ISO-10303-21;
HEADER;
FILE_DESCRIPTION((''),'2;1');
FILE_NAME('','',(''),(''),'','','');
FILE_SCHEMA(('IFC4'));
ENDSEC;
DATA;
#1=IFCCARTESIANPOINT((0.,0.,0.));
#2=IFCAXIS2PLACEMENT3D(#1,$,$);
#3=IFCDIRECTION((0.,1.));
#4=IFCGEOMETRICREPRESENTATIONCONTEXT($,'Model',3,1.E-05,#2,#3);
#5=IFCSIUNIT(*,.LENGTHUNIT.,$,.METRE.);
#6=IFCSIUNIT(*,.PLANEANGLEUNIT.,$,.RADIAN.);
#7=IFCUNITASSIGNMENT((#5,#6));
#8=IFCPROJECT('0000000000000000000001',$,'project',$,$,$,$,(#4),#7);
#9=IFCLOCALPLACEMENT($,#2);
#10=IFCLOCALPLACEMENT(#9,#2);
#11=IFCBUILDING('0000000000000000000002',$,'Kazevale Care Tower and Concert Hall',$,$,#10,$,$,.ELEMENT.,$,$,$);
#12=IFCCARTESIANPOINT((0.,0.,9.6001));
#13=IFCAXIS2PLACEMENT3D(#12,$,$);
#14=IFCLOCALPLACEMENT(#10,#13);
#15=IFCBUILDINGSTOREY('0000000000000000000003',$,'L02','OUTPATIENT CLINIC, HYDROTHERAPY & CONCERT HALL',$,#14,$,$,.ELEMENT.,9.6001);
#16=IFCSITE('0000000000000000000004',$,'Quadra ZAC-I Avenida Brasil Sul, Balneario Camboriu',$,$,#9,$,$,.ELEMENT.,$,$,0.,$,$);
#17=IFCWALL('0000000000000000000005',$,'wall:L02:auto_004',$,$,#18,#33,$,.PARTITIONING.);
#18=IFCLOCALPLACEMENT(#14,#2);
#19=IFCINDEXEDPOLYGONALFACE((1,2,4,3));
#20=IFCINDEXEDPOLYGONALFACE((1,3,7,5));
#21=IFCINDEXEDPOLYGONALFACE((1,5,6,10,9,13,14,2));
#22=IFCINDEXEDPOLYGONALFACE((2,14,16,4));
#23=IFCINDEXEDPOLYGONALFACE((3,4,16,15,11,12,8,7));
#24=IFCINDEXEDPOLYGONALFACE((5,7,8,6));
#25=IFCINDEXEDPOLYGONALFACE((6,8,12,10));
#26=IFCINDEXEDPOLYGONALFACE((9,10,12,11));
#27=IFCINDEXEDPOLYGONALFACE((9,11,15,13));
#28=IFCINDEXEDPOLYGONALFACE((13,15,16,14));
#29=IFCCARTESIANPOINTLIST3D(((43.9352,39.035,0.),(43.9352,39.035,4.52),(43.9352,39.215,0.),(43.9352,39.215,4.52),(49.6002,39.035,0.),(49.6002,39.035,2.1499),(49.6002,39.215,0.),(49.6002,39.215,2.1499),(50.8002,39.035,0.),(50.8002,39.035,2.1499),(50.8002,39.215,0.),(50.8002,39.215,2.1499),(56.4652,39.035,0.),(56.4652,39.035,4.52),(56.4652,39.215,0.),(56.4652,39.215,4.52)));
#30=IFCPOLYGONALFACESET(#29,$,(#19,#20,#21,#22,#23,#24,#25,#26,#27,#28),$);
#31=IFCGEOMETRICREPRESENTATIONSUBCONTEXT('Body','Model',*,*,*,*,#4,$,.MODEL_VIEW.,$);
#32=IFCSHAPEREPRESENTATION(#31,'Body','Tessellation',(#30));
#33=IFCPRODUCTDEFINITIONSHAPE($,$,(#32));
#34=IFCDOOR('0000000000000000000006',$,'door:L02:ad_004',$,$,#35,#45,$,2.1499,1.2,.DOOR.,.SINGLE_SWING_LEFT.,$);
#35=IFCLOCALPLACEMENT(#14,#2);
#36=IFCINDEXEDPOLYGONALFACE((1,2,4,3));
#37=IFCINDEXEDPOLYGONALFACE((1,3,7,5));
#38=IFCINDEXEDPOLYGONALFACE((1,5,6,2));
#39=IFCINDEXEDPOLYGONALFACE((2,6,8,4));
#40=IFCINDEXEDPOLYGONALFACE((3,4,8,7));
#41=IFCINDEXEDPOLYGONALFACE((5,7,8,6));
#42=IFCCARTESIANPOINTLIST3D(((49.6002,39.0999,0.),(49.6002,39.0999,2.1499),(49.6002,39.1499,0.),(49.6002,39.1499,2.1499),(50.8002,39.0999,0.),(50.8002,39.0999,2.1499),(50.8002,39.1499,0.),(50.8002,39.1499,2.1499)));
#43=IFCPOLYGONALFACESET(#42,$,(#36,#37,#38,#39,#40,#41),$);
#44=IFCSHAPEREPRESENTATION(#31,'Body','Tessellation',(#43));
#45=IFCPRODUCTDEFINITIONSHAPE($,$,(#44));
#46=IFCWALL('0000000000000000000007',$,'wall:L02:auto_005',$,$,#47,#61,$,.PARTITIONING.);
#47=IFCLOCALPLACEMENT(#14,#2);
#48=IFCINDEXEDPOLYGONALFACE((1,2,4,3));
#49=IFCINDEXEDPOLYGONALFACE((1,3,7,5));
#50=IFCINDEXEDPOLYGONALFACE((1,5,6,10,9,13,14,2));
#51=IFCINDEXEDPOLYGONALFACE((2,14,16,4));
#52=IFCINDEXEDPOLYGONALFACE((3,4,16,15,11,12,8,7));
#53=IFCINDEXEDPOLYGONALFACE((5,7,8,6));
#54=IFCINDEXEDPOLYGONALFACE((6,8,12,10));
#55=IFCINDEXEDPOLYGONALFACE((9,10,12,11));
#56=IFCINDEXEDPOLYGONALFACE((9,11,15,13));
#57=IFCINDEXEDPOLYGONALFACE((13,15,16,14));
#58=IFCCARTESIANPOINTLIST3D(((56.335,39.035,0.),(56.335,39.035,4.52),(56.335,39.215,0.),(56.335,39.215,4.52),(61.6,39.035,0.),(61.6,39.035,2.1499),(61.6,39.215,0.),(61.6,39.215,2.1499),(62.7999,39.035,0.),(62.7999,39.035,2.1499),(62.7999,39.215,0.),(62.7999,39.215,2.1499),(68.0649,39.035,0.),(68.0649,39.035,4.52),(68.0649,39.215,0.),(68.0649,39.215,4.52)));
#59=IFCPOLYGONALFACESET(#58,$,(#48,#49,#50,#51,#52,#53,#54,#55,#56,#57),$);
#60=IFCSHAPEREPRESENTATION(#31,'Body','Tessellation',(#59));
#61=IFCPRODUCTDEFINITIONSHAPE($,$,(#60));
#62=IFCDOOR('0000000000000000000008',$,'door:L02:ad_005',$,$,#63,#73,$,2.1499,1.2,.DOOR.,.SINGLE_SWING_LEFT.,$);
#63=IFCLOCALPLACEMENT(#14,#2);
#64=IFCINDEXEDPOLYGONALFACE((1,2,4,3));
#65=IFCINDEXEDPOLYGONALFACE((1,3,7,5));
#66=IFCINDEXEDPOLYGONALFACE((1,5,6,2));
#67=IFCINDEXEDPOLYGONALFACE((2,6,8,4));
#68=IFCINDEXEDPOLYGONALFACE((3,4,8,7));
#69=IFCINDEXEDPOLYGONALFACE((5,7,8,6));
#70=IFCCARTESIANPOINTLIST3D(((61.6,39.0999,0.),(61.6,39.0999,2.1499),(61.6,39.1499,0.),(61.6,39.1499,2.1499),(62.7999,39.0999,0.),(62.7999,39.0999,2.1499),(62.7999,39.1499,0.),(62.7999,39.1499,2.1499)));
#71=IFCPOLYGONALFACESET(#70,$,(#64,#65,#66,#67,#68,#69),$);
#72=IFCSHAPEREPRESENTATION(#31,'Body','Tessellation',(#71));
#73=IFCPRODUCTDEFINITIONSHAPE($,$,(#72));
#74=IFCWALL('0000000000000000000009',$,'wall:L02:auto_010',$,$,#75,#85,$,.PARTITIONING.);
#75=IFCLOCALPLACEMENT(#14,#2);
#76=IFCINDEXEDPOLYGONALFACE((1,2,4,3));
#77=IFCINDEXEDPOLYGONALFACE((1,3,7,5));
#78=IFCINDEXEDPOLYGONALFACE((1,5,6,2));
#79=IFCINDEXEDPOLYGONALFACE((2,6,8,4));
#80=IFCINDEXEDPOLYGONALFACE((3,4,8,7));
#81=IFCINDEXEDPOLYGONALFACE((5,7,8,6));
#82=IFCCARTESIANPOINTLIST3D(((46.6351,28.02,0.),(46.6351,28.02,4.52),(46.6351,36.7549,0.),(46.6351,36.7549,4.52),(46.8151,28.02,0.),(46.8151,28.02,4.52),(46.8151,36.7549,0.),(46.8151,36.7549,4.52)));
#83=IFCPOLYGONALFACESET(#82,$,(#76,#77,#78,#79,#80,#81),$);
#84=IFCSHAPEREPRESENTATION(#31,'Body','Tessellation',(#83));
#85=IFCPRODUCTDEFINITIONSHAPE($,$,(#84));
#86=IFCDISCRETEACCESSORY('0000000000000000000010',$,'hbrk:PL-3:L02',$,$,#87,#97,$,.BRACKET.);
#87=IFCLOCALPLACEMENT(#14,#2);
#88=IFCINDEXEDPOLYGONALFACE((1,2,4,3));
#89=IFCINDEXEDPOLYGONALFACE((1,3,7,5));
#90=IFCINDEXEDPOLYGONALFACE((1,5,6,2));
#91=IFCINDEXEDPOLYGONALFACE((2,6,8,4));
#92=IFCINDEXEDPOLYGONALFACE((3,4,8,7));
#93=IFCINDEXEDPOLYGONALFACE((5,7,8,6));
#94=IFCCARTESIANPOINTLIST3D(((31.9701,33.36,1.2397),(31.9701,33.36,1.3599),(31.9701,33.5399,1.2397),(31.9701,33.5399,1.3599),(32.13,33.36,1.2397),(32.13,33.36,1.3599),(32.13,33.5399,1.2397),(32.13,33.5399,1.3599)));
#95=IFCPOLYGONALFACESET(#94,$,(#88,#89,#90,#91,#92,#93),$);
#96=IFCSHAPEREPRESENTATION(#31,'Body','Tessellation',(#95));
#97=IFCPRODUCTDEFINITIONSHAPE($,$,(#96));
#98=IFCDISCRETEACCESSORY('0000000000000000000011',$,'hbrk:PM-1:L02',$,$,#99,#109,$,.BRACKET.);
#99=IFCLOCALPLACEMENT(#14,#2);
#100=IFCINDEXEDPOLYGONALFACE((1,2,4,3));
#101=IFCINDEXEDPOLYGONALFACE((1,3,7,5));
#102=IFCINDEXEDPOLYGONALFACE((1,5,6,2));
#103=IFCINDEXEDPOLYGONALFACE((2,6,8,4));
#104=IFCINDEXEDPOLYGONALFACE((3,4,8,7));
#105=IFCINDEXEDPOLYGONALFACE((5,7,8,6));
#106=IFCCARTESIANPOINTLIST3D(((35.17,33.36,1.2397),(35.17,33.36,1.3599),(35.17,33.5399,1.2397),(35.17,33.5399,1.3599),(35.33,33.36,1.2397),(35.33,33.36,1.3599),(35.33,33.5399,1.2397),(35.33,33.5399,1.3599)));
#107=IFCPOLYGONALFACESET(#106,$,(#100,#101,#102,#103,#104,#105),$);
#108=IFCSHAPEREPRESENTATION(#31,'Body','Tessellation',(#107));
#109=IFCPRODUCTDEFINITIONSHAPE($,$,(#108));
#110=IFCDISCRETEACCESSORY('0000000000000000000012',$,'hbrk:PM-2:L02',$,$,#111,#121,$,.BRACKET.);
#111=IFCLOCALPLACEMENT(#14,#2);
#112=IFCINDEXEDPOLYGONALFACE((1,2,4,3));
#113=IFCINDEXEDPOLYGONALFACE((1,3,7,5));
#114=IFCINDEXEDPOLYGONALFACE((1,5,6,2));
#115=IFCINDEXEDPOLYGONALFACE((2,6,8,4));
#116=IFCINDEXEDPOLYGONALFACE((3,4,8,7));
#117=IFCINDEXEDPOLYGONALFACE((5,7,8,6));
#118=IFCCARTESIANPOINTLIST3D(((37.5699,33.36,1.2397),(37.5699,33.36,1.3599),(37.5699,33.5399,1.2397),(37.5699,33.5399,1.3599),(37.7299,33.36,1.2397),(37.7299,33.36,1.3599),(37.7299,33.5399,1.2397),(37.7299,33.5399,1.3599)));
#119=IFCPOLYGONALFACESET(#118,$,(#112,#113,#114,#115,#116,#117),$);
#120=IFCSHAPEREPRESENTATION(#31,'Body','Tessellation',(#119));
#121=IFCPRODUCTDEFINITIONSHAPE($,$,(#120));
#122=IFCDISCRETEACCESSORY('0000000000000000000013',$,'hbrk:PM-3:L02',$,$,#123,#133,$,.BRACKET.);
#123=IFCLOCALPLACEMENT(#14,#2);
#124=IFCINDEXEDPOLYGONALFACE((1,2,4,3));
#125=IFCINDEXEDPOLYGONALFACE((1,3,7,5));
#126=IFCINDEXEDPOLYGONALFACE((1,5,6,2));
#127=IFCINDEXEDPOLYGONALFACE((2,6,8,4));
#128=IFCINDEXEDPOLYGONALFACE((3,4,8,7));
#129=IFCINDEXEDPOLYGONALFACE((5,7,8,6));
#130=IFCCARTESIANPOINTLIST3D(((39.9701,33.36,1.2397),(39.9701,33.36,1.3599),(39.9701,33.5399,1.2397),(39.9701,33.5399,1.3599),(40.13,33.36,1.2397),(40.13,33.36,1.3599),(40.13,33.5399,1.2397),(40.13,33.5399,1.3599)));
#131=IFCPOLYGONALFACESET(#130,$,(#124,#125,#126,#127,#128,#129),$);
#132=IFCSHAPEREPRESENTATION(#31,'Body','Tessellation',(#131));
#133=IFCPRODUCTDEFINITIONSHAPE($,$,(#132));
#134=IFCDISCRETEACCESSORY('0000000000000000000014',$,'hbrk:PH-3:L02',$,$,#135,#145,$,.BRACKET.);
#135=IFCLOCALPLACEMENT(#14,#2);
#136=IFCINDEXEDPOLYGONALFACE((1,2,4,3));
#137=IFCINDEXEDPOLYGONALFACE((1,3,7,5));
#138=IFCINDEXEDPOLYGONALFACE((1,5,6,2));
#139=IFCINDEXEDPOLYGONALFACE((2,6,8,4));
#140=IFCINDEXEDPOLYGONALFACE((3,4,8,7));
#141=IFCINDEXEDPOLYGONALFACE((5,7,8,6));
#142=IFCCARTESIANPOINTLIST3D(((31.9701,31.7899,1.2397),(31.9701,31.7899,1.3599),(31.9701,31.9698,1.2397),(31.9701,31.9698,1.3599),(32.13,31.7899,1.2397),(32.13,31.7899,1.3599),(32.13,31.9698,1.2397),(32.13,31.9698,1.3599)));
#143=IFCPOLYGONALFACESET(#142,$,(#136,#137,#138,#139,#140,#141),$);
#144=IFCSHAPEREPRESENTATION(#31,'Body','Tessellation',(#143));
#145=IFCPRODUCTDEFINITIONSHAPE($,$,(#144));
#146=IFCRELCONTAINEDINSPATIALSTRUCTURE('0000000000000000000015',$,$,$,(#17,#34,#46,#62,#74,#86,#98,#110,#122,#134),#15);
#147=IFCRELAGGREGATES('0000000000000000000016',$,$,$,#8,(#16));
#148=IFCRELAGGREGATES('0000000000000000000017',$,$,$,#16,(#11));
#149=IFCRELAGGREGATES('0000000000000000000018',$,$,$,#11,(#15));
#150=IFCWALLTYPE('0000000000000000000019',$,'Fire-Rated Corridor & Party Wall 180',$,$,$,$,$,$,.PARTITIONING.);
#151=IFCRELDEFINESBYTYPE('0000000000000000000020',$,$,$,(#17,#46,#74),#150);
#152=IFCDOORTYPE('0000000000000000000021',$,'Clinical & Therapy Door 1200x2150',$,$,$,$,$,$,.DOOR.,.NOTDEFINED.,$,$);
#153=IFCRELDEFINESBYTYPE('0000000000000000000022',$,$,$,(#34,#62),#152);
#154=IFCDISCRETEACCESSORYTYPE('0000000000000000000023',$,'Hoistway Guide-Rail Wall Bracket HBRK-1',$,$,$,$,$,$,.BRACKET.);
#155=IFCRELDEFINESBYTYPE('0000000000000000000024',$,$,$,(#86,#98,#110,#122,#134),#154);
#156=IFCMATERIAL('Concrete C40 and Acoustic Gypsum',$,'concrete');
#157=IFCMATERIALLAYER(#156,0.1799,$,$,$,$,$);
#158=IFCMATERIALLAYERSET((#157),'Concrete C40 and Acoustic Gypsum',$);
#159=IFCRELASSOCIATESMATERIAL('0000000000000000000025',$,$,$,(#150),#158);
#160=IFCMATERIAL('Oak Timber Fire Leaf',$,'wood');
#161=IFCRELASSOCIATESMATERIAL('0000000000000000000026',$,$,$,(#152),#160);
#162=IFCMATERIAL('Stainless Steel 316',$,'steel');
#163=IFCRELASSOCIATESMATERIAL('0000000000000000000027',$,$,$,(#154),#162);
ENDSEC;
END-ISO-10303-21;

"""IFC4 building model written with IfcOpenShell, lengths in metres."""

from ifc_helpers import new_model, si_unit, direction, frame, frame_2d, origin, origin_2d, place, context, subcontext, project, spatial, rectangle, extrude, material, layer, layer_set, type_object, element, fill, save


model = new_model("IFC4")

# Units and contexts
model_context = context("Model", 3, precision=1e-05, world=origin(), true_north=direction((0.0, 1.0)))
body_context = subcontext(model_context, "Body", "Model", "MODEL_VIEW")
ifc_project = project(units=[si_unit("LENGTHUNIT", "METRE"), si_unit("PLANEANGLEUNIT", "RADIAN")], contexts=[model_context])

# Site, building, storey
site_placement = place(None, origin())
site = spatial("IfcSite", under=ifc_project, at=site_placement, Name="Quadra ZAC-I Avenida Brasil Sul, Balneario Camboriu", CompositionType="ELEMENT", RefElevation=0.0)
building_placement = place(site_placement, origin())
building = spatial("IfcBuilding", under=site, at=building_placement, Name="Kazevale Care Tower and Concert Hall", CompositionType="ELEMENT")
storey_placement = place(building_placement, frame((0.0, 0.0, 9.6001)))
storey = spatial("IfcBuildingStorey", under=building, at=storey_placement, Name="L02", Description="OUTPATIENT CLINIC, HYDROTHERAPY & CONCERT HALL", CompositionType="ELEMENT", Elevation=9.6001)

# Shared definitions
ifc_material_1 = material(Name="Oak Timber Fire Leaf", Category="wood")

# Walls, openings, doors
ifc_material_2 = material(Name="Concrete C40 and Acoustic Gypsum", Category="concrete")
ifc_layer_1 = layer(ifc_material_2, 0.1799)
ifc_layer_set_1 = layer_set([ifc_layer_1], Name="Concrete C40 and Acoustic Gypsum")
wall_type_1 = type_object("IfcWallType", Name="Fire-Rated Corridor & Party Wall 180", PredefinedType="PARTITIONING", material=ifc_layer_set_1)
door_type_1 = type_object("IfcDoorType", Name="Clinical & Therapy Door 1200x2150", OperationType="NOTDEFINED", PredefinedType="DOOR", material=ifc_material_1)
wall_1_placement = place(storey_placement, frame((43.9351, 39.125, 0.0), z_axis=(0.0, 0.0, 1.0), x_axis=(1.0, 0.0, 0.0)))
wall_1 = element("IfcWall", 1, at=wall_1_placement, inside=storey, type_object=wall_type_1, Name="wall:L02:auto_004", PredefinedType="PARTITIONING", context=body_context, shape_type="SweptSolid", body=[
    extrude(rectangle(XDim=12.53, YDim=0.1799, at=frame_2d((6.2651, 0.0))), origin(), (0.0, 0.0, 1.0), 4.52),
])
opening_1_placement = place(wall_1_placement, frame((5.665, 0.0, 0.0)))
opening_1 = element("IfcOpeningElement", 2, at=opening_1_placement, cuts=wall_1, PredefinedType="OPENING", context=body_context, shape_type="SweptSolid", body=[
    extrude(rectangle(XDim=1.2, YDim=2.1499, at=frame_2d((0.6001, 1.075))), frame((0.0, 0.0999, 0.0), z_axis=(0.0, -1.0, 0.0), x_axis=(1.0, 0.0, 0.0)), (0.0, 0.0, 1.0), 0.2),
])
door_1_placement = place(opening_1_placement, origin())
door_1 = element("IfcDoor", 3, at=door_1_placement, inside=storey, type_object=door_type_1, Name="door:L02:ad_004", OperationType="SINGLE_SWING_LEFT", OverallHeight=2.1499, OverallWidth=1.2, PredefinedType="DOOR", context=body_context, shape_type="SweptSolid", body=[
    extrude(rectangle(XDim=1.2, YDim=2.1499, at=frame_2d((0.6001, 1.075))), frame((0.0, 0.0249, 0.0), z_axis=(0.0, -1.0, 0.0), x_axis=(1.0, 0.0, 0.0)), (0.0, 0.0, 1.0), 0.05),
])
fill(opening_1, door_1)
wall_2_placement = place(storey_placement, frame((56.335, 39.125, 0.0), z_axis=(0.0, 0.0, 1.0), x_axis=(1.0, 0.0, 0.0)))
wall_2 = element("IfcWall", 4, at=wall_2_placement, inside=storey, type_object=wall_type_1, Name="wall:L02:auto_005", PredefinedType="PARTITIONING", context=body_context, shape_type="SweptSolid", body=[
    extrude(rectangle(XDim=11.73, YDim=0.1799, at=frame_2d((5.865, 0.0))), origin(), (0.0, 0.0, 1.0), 4.52),
])
opening_2_placement = place(wall_2_placement, frame((5.2649, 0.0, 0.0)))
opening_2 = element("IfcOpeningElement", 5, at=opening_2_placement, cuts=wall_2, PredefinedType="OPENING", context=body_context, shape_type="SweptSolid", body=[
    extrude(rectangle(XDim=1.2, YDim=2.1499, at=frame_2d((0.6001, 1.075))), frame((0.0, 0.0999, 0.0), z_axis=(0.0, -1.0, 0.0), x_axis=(1.0, 0.0, 0.0)), (0.0, 0.0, 1.0), 0.2),
])
door_2_placement = place(opening_2_placement, origin())
door_2 = element("IfcDoor", 6, at=door_2_placement, inside=storey, type_object=door_type_1, Name="door:L02:ad_005", OperationType="SINGLE_SWING_LEFT", OverallHeight=2.1499, OverallWidth=1.2, PredefinedType="DOOR", context=body_context, shape_type="SweptSolid", body=[
    extrude(rectangle(XDim=1.2, YDim=2.1499, at=frame_2d((0.6001, 1.075))), frame((0.0, 0.0249, 0.0), z_axis=(0.0, -1.0, 0.0), x_axis=(1.0, 0.0, 0.0)), (0.0, 0.0, 1.0), 0.05),
])
fill(opening_2, door_2)

# Wall
wall_3_placement = place(storey_placement, frame((46.7251, 36.7549, 0.0), z_axis=(0.0, 0.0, 1.0), x_axis=(0.0, -1.0, 0.0)))
element("IfcWall", 7, at=wall_3_placement, inside=storey, type_object=wall_type_1, Name="wall:L02:auto_010", PredefinedType="PARTITIONING", context=body_context, shape_type="SweptSolid", body=[
    extrude(rectangle(XDim=8.7349, YDim=0.1799, at=frame_2d((4.3674, 0.0))), origin(), (0.0, 0.0, 1.0), 4.52),
])

# Discrete accessories
ifc_material_3 = material(Name="Stainless Steel 316", Category="steel")
discrete_accessory_type = type_object("IfcDiscreteAccessoryType", Name="Hoistway Guide-Rail Wall Bracket HBRK-1", PredefinedType="BRACKET", material=ifc_material_3)
for number, where, z_axis, x_axis, name in (
    (8, (32.05, 33.45, 1.2397), (0.0, 0.0, 1.0), (1.0, 0.0, 0.0), "hbrk:PL-3:L02"),
    (9, (35.25, 33.45, 1.2397), (0.0, 0.0, 1.0), (1.0, 0.0, 0.0), "hbrk:PM-1:L02"),
    (10, (37.6499, 33.45, 1.2397), (0.0, 0.0, 1.0), (1.0, 0.0, 0.0), "hbrk:PM-2:L02"),
    (11, (40.05, 33.45, 1.2397), (0.0, 0.0, 1.0), (1.0, 0.0, 0.0), "hbrk:PM-3:L02"),
    (12, (32.05, 31.8799, 1.2397), (0.0, 0.0, 1.0), (1.0, 0.0, 0.0), "hbrk:PH-3:L02"),
):
    element("IfcDiscreteAccessory", number, at=place(storey_placement, frame(where, z_axis=z_axis, x_axis=x_axis)), inside=storey, type_object=discrete_accessory_type, Name=name, PredefinedType="BRACKET", context=body_context, shape_type="SweptSolid", body=[
        extrude(rectangle(XDim=0.1599, YDim=0.1799, at=origin_2d()), origin(), (0.0, 0.0, 1.0), 0.1201),
    ])

save(model, "model.ifc")
